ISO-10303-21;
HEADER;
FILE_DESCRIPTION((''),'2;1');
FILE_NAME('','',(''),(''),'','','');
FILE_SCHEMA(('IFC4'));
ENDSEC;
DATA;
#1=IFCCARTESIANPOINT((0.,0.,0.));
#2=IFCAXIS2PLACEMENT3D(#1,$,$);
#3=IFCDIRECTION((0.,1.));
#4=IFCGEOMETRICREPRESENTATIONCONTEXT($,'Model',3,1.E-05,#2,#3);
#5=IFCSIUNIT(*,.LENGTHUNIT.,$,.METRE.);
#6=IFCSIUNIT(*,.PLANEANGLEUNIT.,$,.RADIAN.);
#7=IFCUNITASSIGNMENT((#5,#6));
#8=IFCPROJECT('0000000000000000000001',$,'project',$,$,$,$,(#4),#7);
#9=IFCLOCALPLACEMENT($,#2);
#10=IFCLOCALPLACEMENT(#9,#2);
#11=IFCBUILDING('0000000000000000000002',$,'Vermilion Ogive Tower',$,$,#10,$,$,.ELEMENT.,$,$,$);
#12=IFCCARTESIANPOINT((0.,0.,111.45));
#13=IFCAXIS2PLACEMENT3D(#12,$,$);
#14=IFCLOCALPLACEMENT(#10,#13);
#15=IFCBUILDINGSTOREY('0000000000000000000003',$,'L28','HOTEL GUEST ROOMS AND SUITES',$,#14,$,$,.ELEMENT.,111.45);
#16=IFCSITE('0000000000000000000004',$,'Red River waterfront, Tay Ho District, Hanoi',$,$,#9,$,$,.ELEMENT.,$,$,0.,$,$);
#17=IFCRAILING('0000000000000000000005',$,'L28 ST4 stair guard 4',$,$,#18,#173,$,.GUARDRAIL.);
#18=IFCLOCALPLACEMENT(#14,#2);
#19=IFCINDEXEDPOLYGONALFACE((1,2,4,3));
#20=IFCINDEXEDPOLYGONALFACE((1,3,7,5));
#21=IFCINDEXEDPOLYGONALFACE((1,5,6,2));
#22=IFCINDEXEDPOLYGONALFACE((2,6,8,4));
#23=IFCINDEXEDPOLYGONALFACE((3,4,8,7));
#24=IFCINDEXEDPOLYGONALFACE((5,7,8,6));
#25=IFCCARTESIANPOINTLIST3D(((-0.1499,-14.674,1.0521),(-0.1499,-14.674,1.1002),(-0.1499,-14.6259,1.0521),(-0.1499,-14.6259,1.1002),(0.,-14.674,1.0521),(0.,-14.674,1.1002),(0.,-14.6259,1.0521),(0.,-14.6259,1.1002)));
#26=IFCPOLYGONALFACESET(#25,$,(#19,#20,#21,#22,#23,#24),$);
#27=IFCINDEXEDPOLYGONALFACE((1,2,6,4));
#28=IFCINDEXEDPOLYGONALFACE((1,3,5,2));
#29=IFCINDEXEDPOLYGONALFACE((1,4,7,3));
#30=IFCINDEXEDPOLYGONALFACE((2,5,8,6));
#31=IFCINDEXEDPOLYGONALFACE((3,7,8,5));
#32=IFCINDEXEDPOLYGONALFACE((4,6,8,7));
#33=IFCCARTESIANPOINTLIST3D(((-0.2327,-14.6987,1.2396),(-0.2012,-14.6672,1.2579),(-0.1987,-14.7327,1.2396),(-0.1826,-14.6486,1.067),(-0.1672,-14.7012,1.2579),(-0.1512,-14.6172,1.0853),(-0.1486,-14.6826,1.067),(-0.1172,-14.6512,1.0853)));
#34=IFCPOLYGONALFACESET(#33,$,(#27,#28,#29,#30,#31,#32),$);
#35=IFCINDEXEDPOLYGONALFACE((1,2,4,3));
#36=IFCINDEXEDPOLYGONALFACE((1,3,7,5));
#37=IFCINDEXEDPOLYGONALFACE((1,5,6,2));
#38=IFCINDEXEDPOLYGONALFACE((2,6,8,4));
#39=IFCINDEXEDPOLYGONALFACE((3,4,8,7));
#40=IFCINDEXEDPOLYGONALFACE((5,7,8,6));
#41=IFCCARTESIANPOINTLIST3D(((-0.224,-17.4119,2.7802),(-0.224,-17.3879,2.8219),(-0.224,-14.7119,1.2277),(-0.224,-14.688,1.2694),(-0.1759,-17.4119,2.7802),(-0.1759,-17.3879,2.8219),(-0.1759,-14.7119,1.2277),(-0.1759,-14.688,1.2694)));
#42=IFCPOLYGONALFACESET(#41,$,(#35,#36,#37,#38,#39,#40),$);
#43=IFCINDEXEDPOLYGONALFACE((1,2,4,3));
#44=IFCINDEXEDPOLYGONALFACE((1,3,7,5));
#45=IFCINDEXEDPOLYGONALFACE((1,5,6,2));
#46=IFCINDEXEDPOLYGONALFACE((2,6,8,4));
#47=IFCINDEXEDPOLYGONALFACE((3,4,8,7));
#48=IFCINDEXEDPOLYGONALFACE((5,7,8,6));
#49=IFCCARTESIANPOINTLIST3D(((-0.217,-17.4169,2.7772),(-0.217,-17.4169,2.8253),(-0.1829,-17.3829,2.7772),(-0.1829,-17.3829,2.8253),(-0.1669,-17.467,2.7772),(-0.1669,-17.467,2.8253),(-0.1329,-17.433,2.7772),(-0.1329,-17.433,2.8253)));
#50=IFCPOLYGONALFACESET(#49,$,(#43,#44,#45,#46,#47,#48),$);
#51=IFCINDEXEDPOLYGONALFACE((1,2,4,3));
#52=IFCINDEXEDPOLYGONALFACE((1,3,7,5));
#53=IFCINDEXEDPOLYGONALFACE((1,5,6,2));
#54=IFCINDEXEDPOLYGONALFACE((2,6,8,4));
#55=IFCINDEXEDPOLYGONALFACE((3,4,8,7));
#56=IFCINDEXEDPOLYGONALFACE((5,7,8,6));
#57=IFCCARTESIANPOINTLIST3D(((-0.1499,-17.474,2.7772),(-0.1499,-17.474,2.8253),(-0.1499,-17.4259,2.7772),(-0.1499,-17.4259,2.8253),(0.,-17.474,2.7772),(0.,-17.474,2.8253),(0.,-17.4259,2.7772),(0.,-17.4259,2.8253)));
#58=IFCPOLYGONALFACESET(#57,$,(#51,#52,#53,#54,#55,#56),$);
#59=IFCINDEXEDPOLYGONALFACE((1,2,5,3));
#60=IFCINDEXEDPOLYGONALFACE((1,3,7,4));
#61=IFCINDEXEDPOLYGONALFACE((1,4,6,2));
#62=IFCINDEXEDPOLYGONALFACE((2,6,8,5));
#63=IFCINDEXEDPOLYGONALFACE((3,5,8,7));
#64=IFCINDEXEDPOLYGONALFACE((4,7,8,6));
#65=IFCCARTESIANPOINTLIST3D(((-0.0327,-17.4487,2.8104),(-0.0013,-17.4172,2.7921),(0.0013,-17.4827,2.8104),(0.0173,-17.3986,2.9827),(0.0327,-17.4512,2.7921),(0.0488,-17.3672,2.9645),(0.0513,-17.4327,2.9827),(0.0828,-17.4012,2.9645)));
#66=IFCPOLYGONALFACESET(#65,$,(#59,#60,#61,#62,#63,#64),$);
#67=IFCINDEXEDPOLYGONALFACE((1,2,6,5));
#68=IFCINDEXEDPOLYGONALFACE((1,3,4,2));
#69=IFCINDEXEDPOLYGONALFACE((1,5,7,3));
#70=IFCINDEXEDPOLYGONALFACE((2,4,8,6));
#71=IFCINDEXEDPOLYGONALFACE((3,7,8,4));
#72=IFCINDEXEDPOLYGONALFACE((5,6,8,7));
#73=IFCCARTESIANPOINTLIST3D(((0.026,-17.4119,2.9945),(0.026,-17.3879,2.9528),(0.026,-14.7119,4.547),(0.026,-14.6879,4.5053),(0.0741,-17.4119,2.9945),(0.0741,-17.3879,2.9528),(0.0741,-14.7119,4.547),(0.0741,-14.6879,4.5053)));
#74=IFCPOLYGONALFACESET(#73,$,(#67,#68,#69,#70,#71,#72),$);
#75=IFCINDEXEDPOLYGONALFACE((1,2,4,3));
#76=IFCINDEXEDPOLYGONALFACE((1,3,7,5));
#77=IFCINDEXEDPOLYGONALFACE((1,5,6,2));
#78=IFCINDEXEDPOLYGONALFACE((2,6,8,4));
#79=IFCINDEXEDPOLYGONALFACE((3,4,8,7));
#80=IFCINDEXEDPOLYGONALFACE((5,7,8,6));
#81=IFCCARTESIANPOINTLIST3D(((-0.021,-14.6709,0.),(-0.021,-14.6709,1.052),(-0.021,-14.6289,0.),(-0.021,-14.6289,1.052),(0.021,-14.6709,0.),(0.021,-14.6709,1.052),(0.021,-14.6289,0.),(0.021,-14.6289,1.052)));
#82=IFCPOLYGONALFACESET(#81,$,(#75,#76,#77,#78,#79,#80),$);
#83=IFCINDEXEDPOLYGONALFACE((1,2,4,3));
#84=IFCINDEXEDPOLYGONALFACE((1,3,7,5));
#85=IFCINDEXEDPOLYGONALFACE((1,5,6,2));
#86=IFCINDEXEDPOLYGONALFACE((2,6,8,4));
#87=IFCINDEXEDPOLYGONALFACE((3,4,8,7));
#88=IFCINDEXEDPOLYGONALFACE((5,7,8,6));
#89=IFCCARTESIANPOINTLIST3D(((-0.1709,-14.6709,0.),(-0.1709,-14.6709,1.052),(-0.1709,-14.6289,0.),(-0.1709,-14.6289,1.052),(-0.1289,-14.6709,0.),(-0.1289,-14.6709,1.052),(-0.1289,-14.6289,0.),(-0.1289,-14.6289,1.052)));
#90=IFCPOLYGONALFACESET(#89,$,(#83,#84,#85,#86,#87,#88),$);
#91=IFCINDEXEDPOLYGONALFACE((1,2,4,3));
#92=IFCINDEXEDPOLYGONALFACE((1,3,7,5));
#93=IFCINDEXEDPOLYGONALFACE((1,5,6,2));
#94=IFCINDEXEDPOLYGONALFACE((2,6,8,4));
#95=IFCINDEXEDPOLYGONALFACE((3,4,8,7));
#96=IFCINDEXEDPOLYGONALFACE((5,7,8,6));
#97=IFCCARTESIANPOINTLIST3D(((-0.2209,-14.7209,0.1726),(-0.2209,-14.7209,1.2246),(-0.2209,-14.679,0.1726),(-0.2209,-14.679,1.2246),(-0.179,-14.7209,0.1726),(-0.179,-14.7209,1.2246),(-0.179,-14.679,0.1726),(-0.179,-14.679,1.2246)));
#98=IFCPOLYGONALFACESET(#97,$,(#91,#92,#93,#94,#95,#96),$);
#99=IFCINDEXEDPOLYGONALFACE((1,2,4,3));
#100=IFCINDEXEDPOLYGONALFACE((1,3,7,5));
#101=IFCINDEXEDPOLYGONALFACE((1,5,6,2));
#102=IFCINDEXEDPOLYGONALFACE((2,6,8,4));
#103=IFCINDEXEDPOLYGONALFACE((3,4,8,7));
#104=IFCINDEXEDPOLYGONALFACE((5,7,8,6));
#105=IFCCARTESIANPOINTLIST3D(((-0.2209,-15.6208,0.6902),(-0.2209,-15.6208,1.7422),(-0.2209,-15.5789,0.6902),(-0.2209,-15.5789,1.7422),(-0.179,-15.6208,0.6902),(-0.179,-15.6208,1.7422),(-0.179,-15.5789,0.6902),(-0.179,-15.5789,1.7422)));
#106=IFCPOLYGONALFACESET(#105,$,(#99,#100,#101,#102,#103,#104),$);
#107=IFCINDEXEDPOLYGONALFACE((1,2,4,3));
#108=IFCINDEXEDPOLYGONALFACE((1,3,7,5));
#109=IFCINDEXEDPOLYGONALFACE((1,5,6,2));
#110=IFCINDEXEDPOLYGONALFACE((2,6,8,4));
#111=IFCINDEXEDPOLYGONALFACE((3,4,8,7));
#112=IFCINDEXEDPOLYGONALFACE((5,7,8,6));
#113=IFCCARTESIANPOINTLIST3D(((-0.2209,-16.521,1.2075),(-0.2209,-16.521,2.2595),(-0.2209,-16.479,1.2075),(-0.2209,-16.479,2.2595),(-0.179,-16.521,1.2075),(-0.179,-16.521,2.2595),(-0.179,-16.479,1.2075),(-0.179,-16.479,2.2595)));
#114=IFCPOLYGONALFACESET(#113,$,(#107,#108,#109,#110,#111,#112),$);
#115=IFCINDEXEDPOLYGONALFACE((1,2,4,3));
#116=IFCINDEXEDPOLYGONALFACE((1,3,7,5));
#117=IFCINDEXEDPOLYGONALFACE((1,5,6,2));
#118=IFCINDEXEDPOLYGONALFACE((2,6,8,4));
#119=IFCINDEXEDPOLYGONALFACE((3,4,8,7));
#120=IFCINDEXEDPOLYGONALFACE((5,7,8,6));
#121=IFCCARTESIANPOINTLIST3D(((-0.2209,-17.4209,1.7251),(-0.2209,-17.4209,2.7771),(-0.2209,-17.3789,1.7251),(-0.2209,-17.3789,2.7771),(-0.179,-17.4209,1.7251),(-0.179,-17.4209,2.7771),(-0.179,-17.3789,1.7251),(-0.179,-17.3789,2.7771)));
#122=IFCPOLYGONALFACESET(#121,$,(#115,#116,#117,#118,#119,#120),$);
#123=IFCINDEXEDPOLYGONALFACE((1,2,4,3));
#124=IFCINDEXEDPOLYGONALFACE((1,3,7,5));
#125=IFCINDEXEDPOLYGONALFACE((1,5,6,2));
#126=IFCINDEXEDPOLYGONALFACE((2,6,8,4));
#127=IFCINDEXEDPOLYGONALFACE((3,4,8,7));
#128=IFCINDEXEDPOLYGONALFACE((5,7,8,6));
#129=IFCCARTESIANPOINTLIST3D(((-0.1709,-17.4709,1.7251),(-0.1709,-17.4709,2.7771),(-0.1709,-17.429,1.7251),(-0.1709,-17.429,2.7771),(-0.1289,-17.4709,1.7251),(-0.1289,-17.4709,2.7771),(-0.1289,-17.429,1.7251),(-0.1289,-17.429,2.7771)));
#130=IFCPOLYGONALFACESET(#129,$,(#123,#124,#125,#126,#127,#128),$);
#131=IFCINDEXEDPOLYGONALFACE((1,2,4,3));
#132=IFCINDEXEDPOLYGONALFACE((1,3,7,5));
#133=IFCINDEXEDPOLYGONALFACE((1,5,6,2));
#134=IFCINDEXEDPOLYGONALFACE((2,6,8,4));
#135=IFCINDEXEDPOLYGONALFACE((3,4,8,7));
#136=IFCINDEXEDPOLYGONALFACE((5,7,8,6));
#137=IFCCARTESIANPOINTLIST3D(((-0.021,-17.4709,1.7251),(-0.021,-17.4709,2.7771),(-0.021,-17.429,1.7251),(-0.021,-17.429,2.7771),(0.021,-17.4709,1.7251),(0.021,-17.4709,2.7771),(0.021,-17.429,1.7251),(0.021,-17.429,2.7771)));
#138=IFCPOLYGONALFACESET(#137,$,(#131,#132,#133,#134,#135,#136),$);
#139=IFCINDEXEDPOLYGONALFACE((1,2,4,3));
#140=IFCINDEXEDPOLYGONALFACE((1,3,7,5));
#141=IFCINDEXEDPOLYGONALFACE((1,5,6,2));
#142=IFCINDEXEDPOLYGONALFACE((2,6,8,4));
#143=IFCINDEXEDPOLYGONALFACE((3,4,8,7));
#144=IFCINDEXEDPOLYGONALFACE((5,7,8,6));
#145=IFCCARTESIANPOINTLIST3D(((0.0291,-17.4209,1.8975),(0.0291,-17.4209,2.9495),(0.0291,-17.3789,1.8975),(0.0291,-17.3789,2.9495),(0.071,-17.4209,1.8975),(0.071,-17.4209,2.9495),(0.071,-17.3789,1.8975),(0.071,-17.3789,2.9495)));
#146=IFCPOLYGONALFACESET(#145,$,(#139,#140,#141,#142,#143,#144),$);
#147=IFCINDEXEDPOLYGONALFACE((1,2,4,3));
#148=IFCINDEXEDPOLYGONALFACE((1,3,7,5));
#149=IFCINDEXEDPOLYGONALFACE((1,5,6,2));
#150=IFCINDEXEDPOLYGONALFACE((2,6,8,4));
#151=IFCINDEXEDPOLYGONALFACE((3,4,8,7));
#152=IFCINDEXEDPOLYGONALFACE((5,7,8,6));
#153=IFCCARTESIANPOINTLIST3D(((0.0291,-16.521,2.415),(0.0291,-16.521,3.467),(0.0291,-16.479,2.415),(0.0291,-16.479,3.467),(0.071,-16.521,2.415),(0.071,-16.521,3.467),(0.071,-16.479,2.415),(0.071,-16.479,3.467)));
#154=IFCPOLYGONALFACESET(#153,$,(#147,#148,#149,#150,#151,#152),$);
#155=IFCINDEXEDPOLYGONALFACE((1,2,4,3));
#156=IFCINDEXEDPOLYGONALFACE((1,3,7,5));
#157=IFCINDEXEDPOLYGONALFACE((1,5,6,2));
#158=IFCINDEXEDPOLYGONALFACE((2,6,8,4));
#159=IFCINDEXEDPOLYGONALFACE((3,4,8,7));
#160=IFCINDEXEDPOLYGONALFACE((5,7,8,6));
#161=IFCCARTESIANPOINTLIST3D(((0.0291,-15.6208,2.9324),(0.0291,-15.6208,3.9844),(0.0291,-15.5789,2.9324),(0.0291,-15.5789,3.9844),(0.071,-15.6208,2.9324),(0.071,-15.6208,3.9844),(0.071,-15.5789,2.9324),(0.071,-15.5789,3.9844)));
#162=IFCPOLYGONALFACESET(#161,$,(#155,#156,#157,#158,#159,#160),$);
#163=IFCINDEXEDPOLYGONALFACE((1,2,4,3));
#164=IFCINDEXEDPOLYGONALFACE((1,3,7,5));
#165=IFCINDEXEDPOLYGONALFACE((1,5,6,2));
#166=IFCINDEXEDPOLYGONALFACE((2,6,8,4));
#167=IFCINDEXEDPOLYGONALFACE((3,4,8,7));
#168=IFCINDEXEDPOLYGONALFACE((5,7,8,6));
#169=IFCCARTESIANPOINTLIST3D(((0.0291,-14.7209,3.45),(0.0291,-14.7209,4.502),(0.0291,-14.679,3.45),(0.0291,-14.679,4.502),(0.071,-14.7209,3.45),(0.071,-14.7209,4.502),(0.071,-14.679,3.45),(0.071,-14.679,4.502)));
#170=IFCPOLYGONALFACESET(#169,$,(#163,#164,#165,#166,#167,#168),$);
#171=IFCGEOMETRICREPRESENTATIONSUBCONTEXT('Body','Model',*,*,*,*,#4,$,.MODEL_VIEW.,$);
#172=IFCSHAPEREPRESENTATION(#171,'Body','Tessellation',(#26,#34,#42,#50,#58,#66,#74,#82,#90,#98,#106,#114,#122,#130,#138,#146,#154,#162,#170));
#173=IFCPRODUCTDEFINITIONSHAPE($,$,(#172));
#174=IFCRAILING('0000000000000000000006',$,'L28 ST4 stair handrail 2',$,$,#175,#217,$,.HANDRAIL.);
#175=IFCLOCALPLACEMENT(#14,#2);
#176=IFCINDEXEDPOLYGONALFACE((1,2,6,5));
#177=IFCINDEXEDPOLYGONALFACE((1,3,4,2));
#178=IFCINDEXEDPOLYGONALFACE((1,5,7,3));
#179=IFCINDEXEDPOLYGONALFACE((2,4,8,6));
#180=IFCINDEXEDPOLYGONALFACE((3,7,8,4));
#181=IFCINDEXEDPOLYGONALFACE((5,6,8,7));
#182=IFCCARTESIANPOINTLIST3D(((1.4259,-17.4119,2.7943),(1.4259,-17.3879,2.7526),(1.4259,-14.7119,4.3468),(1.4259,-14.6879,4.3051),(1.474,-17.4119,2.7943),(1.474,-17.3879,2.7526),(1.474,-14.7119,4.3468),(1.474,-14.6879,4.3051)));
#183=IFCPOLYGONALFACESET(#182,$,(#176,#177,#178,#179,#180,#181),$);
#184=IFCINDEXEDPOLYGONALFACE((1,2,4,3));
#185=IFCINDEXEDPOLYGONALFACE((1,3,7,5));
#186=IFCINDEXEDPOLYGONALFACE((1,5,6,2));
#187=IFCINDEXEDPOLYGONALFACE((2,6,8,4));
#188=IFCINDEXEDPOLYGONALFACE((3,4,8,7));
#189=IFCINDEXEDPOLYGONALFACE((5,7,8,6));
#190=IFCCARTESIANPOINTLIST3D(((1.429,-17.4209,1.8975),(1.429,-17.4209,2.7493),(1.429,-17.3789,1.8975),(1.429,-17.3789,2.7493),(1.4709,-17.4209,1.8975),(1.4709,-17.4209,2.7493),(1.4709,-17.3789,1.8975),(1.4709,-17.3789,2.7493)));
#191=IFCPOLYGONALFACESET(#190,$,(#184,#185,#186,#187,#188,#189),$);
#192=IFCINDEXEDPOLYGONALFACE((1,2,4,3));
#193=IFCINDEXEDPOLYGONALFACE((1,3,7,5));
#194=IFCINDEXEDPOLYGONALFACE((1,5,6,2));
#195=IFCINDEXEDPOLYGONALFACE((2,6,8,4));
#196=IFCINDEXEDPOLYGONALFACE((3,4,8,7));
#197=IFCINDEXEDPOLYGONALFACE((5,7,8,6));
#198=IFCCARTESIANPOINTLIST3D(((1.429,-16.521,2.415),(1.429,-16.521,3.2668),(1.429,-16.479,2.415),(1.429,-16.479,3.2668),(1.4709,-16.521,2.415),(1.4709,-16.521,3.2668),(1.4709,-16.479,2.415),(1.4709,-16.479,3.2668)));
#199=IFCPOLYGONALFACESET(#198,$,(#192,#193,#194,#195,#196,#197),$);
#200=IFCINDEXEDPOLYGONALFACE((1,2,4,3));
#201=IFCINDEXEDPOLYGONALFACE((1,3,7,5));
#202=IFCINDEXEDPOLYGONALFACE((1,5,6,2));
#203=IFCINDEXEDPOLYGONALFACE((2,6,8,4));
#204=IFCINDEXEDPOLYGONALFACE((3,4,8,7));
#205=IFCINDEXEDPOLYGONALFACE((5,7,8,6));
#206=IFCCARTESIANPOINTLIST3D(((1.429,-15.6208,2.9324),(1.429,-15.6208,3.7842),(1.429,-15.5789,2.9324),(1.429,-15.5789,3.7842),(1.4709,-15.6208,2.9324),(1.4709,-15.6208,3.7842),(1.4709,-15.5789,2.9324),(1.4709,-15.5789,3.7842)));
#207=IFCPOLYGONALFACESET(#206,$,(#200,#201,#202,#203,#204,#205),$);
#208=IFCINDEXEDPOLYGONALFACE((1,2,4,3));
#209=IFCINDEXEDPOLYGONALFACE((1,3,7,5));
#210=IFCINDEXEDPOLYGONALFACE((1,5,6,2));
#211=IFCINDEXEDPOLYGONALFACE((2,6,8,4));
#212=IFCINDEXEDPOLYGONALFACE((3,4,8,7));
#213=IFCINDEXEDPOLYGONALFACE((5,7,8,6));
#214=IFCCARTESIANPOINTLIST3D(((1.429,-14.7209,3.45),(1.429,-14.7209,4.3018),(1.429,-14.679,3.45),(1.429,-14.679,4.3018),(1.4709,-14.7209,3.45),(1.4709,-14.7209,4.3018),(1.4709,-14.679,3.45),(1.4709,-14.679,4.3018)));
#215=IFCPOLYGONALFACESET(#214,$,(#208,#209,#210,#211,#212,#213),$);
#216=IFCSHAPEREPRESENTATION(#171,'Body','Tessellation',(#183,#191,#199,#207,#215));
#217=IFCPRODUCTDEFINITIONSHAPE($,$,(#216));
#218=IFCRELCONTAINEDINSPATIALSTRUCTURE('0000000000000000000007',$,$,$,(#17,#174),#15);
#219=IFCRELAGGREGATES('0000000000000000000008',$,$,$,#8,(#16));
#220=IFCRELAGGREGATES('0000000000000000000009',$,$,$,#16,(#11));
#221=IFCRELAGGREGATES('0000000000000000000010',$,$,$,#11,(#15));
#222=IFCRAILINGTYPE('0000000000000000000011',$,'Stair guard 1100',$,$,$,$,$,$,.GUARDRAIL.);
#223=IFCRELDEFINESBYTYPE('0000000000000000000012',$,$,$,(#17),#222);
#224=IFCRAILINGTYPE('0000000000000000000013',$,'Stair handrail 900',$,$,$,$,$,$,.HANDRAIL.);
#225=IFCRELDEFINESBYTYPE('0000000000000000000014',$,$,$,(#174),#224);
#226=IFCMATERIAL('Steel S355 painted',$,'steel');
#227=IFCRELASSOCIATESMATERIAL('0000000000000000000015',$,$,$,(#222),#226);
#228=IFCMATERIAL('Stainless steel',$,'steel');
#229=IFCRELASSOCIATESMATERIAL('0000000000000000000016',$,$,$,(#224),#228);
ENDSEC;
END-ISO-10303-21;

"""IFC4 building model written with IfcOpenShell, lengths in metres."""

from ifc_helpers import new_model, si_unit, direction, frame, origin, origin_2d, place, context, subcontext, project, spatial, rectangle, extrude, material, type_object, element, save


model = new_model("IFC4")

# Units and contexts
model_context = context("Model", 3, precision=1e-05, world=origin(), true_north=direction((0.0, 1.0)))
body_context = subcontext(model_context, "Body", "Model", "MODEL_VIEW")
ifc_project = project(units=[si_unit("LENGTHUNIT", "METRE"), si_unit("PLANEANGLEUNIT", "RADIAN")], contexts=[model_context])

# Site, building, storey
site_placement = place(None, origin())
site = spatial("IfcSite", under=ifc_project, at=site_placement, Name="Red River waterfront, Tay Ho District, Hanoi", CompositionType="ELEMENT", RefElevation=0.0)
building_placement = place(site_placement, origin())
building = spatial("IfcBuilding", under=site, at=building_placement, Name="Vermilion Ogive Tower", CompositionType="ELEMENT")
storey_placement = place(building_placement, frame((0.0, 0.0, 111.45)))
storey = spatial("IfcBuildingStorey", under=building, at=storey_placement, Name="L28", Description="HOTEL GUEST ROOMS AND SUITES", CompositionType="ELEMENT", Elevation=111.45)

# Railings
ifc_material_1 = material(Name="Steel S355 painted", Category="steel")
railing_type_1 = type_object("IfcRailingType", Name="Stair guard 1100", PredefinedType="GUARDRAIL", material=ifc_material_1)
railing_1_placement = place(storey_placement, frame((0.0, -14.6499, 0.0)))
element("IfcRailing", 1, at=railing_1_placement, inside=storey, type_object=railing_type_1, Name="L28 ST4 stair guard 4", PredefinedType="GUARDRAIL", context=body_context, shape_type="SweptSolid", body=[
    extrude(rectangle(XDim=0.0481, YDim=0.0481, at=origin_2d()), frame((0.0, 0.0, 1.0762), z_axis=(-1.0, 0.0, 0.0), x_axis=(0.0, -1.0, 0.0)), (0.0, 0.0, 1.0), 0.1499),
    extrude(rectangle(XDim=0.0481, YDim=0.0481, at=origin_2d()), frame((-0.1499, 0.0, 1.0762), z_axis=(-0.268278, -0.268278, 0.925232), x_axis=(0.707107, -0.707107, 0.0)), (0.0, 0.0, 1.0), 0.1865),
    extrude(rectangle(XDim=0.0481, YDim=0.0481, at=origin_2d()), frame((-0.2, -0.05, 1.2485), z_axis=(0.0, -0.866904, 0.498476), x_axis=(1.0, 0.0, 0.0)), (0.0, 0.0, 1.0), 3.1145),
    extrude(rectangle(XDim=0.0481, YDim=0.0481, at=origin_2d()), frame((-0.2, -2.75, 2.8013), z_axis=(0.707107, -0.707107, 0.0), x_axis=(0.707107, 0.707107, 0.0)), (0.0, 0.0, 1.0), 0.0708),
    extrude(rectangle(XDim=0.0481, YDim=0.0481, at=origin_2d()), frame((-0.1499, -2.8, 2.8013), z_axis=(1.0, 0.0, 0.0), x_axis=(0.0, 1.0, 0.0)), (0.0, 0.0, 1.0), 0.1499),
    extrude(rectangle(XDim=0.0481, YDim=0.0481, at=origin_2d()), frame((0.0, -2.8, 2.8013), z_axis=(0.268603, 0.268603, 0.925043), x_axis=(-0.707107, 0.707107, 0.0)), (0.0, 0.0, 1.0), 0.1863),
    extrude(rectangle(XDim=0.0481, YDim=0.0481, at=origin_2d()), frame((0.05, -2.75, 2.9736), z_axis=(0.0, 0.866904, 0.498476), x_axis=(-1.0, 0.0, 0.0)), (0.0, 0.0, 1.0), 3.1145),
    extrude(rectangle(XDim=0.042, YDim=0.042, at=origin_2d()), origin(), (0.0, 0.0, 1.0), 1.052),
    extrude(rectangle(XDim=0.042, YDim=0.042, at=origin_2d()), frame((-0.1499, 0.0, 0.0)), (0.0, 0.0, 1.0), 1.052),
    extrude(rectangle(XDim=0.042, YDim=0.042, at=origin_2d()), frame((-0.2, -0.05, 0.1726)), (0.0, 0.0, 1.0), 1.052),
    extrude(rectangle(XDim=0.042, YDim=0.042, at=origin_2d()), frame((-0.2, -0.95, 0.6902)), (0.0, 0.0, 1.0), 1.052),
    extrude(rectangle(XDim=0.042, YDim=0.042, at=origin_2d()), frame((-0.2, -1.8501, 1.2075)), (0.0, 0.0, 1.0), 1.052),
    extrude(rectangle(XDim=0.042, YDim=0.042, at=origin_2d()), frame((-0.2, -2.75, 1.7251)), (0.0, 0.0, 1.0), 1.052),
    extrude(rectangle(XDim=0.042, YDim=0.042, at=origin_2d()), frame((-0.1499, -2.8, 1.7251)), (0.0, 0.0, 1.0), 1.052),
    extrude(rectangle(XDim=0.042, YDim=0.042, at=origin_2d()), frame((0.0, -2.8, 1.7251)), (0.0, 0.0, 1.0), 1.052),
    extrude(rectangle(XDim=0.042, YDim=0.042, at=origin_2d()), frame((0.05, -2.75, 1.8975)), (0.0, 0.0, 1.0), 1.052),
    extrude(rectangle(XDim=0.042, YDim=0.042, at=origin_2d()), frame((0.05, -1.8501, 2.415)), (0.0, 0.0, 1.0), 1.052),
    extrude(rectangle(XDim=0.042, YDim=0.042, at=origin_2d()), frame((0.05, -0.95, 2.9324)), (0.0, 0.0, 1.0), 1.052),
    extrude(rectangle(XDim=0.042, YDim=0.042, at=origin_2d()), frame((0.05, -0.05, 3.45)), (0.0, 0.0, 1.0), 1.052),
])
ifc_material_2 = material(Name="Stainless steel", Category="steel")
railing_type_2 = type_object("IfcRailingType", Name="Stair handrail 900", PredefinedType="HANDRAIL", material=ifc_material_2)
railing_2_placement = place(storey_placement, frame((1.45, -17.3999, 1.8975)))
element("IfcRailing", 2, at=railing_2_placement, inside=storey, type_object=railing_type_2, Name="L28 ST4 stair handrail 2", PredefinedType="HANDRAIL", context=body_context, shape_type="SweptSolid", body=[
    extrude(rectangle(XDim=0.0481, YDim=0.0481, at=origin_2d()), frame((0.0, 0.0, 0.876), z_axis=(0.0, 0.866904, 0.498476), x_axis=(-1.0, 0.0, 0.0)), (0.0, 0.0, 1.0), 3.1145),
    extrude(rectangle(XDim=0.042, YDim=0.042, at=origin_2d()), origin(), (0.0, 0.0, 1.0), 0.8518),
    extrude(rectangle(XDim=0.042, YDim=0.042, at=origin_2d()), frame((0.0, 0.8999, 0.5176)), (0.0, 0.0, 1.0), 0.8518),
    extrude(rectangle(XDim=0.042, YDim=0.042, at=origin_2d()), frame((0.0, 1.8, 1.0349)), (0.0, 0.0, 1.0), 0.8518),
    extrude(rectangle(XDim=0.042, YDim=0.042, at=origin_2d()), frame((0.0, 2.7, 1.5525)), (0.0, 0.0, 1.0), 0.8518),
])

save(model, "model.ifc")
